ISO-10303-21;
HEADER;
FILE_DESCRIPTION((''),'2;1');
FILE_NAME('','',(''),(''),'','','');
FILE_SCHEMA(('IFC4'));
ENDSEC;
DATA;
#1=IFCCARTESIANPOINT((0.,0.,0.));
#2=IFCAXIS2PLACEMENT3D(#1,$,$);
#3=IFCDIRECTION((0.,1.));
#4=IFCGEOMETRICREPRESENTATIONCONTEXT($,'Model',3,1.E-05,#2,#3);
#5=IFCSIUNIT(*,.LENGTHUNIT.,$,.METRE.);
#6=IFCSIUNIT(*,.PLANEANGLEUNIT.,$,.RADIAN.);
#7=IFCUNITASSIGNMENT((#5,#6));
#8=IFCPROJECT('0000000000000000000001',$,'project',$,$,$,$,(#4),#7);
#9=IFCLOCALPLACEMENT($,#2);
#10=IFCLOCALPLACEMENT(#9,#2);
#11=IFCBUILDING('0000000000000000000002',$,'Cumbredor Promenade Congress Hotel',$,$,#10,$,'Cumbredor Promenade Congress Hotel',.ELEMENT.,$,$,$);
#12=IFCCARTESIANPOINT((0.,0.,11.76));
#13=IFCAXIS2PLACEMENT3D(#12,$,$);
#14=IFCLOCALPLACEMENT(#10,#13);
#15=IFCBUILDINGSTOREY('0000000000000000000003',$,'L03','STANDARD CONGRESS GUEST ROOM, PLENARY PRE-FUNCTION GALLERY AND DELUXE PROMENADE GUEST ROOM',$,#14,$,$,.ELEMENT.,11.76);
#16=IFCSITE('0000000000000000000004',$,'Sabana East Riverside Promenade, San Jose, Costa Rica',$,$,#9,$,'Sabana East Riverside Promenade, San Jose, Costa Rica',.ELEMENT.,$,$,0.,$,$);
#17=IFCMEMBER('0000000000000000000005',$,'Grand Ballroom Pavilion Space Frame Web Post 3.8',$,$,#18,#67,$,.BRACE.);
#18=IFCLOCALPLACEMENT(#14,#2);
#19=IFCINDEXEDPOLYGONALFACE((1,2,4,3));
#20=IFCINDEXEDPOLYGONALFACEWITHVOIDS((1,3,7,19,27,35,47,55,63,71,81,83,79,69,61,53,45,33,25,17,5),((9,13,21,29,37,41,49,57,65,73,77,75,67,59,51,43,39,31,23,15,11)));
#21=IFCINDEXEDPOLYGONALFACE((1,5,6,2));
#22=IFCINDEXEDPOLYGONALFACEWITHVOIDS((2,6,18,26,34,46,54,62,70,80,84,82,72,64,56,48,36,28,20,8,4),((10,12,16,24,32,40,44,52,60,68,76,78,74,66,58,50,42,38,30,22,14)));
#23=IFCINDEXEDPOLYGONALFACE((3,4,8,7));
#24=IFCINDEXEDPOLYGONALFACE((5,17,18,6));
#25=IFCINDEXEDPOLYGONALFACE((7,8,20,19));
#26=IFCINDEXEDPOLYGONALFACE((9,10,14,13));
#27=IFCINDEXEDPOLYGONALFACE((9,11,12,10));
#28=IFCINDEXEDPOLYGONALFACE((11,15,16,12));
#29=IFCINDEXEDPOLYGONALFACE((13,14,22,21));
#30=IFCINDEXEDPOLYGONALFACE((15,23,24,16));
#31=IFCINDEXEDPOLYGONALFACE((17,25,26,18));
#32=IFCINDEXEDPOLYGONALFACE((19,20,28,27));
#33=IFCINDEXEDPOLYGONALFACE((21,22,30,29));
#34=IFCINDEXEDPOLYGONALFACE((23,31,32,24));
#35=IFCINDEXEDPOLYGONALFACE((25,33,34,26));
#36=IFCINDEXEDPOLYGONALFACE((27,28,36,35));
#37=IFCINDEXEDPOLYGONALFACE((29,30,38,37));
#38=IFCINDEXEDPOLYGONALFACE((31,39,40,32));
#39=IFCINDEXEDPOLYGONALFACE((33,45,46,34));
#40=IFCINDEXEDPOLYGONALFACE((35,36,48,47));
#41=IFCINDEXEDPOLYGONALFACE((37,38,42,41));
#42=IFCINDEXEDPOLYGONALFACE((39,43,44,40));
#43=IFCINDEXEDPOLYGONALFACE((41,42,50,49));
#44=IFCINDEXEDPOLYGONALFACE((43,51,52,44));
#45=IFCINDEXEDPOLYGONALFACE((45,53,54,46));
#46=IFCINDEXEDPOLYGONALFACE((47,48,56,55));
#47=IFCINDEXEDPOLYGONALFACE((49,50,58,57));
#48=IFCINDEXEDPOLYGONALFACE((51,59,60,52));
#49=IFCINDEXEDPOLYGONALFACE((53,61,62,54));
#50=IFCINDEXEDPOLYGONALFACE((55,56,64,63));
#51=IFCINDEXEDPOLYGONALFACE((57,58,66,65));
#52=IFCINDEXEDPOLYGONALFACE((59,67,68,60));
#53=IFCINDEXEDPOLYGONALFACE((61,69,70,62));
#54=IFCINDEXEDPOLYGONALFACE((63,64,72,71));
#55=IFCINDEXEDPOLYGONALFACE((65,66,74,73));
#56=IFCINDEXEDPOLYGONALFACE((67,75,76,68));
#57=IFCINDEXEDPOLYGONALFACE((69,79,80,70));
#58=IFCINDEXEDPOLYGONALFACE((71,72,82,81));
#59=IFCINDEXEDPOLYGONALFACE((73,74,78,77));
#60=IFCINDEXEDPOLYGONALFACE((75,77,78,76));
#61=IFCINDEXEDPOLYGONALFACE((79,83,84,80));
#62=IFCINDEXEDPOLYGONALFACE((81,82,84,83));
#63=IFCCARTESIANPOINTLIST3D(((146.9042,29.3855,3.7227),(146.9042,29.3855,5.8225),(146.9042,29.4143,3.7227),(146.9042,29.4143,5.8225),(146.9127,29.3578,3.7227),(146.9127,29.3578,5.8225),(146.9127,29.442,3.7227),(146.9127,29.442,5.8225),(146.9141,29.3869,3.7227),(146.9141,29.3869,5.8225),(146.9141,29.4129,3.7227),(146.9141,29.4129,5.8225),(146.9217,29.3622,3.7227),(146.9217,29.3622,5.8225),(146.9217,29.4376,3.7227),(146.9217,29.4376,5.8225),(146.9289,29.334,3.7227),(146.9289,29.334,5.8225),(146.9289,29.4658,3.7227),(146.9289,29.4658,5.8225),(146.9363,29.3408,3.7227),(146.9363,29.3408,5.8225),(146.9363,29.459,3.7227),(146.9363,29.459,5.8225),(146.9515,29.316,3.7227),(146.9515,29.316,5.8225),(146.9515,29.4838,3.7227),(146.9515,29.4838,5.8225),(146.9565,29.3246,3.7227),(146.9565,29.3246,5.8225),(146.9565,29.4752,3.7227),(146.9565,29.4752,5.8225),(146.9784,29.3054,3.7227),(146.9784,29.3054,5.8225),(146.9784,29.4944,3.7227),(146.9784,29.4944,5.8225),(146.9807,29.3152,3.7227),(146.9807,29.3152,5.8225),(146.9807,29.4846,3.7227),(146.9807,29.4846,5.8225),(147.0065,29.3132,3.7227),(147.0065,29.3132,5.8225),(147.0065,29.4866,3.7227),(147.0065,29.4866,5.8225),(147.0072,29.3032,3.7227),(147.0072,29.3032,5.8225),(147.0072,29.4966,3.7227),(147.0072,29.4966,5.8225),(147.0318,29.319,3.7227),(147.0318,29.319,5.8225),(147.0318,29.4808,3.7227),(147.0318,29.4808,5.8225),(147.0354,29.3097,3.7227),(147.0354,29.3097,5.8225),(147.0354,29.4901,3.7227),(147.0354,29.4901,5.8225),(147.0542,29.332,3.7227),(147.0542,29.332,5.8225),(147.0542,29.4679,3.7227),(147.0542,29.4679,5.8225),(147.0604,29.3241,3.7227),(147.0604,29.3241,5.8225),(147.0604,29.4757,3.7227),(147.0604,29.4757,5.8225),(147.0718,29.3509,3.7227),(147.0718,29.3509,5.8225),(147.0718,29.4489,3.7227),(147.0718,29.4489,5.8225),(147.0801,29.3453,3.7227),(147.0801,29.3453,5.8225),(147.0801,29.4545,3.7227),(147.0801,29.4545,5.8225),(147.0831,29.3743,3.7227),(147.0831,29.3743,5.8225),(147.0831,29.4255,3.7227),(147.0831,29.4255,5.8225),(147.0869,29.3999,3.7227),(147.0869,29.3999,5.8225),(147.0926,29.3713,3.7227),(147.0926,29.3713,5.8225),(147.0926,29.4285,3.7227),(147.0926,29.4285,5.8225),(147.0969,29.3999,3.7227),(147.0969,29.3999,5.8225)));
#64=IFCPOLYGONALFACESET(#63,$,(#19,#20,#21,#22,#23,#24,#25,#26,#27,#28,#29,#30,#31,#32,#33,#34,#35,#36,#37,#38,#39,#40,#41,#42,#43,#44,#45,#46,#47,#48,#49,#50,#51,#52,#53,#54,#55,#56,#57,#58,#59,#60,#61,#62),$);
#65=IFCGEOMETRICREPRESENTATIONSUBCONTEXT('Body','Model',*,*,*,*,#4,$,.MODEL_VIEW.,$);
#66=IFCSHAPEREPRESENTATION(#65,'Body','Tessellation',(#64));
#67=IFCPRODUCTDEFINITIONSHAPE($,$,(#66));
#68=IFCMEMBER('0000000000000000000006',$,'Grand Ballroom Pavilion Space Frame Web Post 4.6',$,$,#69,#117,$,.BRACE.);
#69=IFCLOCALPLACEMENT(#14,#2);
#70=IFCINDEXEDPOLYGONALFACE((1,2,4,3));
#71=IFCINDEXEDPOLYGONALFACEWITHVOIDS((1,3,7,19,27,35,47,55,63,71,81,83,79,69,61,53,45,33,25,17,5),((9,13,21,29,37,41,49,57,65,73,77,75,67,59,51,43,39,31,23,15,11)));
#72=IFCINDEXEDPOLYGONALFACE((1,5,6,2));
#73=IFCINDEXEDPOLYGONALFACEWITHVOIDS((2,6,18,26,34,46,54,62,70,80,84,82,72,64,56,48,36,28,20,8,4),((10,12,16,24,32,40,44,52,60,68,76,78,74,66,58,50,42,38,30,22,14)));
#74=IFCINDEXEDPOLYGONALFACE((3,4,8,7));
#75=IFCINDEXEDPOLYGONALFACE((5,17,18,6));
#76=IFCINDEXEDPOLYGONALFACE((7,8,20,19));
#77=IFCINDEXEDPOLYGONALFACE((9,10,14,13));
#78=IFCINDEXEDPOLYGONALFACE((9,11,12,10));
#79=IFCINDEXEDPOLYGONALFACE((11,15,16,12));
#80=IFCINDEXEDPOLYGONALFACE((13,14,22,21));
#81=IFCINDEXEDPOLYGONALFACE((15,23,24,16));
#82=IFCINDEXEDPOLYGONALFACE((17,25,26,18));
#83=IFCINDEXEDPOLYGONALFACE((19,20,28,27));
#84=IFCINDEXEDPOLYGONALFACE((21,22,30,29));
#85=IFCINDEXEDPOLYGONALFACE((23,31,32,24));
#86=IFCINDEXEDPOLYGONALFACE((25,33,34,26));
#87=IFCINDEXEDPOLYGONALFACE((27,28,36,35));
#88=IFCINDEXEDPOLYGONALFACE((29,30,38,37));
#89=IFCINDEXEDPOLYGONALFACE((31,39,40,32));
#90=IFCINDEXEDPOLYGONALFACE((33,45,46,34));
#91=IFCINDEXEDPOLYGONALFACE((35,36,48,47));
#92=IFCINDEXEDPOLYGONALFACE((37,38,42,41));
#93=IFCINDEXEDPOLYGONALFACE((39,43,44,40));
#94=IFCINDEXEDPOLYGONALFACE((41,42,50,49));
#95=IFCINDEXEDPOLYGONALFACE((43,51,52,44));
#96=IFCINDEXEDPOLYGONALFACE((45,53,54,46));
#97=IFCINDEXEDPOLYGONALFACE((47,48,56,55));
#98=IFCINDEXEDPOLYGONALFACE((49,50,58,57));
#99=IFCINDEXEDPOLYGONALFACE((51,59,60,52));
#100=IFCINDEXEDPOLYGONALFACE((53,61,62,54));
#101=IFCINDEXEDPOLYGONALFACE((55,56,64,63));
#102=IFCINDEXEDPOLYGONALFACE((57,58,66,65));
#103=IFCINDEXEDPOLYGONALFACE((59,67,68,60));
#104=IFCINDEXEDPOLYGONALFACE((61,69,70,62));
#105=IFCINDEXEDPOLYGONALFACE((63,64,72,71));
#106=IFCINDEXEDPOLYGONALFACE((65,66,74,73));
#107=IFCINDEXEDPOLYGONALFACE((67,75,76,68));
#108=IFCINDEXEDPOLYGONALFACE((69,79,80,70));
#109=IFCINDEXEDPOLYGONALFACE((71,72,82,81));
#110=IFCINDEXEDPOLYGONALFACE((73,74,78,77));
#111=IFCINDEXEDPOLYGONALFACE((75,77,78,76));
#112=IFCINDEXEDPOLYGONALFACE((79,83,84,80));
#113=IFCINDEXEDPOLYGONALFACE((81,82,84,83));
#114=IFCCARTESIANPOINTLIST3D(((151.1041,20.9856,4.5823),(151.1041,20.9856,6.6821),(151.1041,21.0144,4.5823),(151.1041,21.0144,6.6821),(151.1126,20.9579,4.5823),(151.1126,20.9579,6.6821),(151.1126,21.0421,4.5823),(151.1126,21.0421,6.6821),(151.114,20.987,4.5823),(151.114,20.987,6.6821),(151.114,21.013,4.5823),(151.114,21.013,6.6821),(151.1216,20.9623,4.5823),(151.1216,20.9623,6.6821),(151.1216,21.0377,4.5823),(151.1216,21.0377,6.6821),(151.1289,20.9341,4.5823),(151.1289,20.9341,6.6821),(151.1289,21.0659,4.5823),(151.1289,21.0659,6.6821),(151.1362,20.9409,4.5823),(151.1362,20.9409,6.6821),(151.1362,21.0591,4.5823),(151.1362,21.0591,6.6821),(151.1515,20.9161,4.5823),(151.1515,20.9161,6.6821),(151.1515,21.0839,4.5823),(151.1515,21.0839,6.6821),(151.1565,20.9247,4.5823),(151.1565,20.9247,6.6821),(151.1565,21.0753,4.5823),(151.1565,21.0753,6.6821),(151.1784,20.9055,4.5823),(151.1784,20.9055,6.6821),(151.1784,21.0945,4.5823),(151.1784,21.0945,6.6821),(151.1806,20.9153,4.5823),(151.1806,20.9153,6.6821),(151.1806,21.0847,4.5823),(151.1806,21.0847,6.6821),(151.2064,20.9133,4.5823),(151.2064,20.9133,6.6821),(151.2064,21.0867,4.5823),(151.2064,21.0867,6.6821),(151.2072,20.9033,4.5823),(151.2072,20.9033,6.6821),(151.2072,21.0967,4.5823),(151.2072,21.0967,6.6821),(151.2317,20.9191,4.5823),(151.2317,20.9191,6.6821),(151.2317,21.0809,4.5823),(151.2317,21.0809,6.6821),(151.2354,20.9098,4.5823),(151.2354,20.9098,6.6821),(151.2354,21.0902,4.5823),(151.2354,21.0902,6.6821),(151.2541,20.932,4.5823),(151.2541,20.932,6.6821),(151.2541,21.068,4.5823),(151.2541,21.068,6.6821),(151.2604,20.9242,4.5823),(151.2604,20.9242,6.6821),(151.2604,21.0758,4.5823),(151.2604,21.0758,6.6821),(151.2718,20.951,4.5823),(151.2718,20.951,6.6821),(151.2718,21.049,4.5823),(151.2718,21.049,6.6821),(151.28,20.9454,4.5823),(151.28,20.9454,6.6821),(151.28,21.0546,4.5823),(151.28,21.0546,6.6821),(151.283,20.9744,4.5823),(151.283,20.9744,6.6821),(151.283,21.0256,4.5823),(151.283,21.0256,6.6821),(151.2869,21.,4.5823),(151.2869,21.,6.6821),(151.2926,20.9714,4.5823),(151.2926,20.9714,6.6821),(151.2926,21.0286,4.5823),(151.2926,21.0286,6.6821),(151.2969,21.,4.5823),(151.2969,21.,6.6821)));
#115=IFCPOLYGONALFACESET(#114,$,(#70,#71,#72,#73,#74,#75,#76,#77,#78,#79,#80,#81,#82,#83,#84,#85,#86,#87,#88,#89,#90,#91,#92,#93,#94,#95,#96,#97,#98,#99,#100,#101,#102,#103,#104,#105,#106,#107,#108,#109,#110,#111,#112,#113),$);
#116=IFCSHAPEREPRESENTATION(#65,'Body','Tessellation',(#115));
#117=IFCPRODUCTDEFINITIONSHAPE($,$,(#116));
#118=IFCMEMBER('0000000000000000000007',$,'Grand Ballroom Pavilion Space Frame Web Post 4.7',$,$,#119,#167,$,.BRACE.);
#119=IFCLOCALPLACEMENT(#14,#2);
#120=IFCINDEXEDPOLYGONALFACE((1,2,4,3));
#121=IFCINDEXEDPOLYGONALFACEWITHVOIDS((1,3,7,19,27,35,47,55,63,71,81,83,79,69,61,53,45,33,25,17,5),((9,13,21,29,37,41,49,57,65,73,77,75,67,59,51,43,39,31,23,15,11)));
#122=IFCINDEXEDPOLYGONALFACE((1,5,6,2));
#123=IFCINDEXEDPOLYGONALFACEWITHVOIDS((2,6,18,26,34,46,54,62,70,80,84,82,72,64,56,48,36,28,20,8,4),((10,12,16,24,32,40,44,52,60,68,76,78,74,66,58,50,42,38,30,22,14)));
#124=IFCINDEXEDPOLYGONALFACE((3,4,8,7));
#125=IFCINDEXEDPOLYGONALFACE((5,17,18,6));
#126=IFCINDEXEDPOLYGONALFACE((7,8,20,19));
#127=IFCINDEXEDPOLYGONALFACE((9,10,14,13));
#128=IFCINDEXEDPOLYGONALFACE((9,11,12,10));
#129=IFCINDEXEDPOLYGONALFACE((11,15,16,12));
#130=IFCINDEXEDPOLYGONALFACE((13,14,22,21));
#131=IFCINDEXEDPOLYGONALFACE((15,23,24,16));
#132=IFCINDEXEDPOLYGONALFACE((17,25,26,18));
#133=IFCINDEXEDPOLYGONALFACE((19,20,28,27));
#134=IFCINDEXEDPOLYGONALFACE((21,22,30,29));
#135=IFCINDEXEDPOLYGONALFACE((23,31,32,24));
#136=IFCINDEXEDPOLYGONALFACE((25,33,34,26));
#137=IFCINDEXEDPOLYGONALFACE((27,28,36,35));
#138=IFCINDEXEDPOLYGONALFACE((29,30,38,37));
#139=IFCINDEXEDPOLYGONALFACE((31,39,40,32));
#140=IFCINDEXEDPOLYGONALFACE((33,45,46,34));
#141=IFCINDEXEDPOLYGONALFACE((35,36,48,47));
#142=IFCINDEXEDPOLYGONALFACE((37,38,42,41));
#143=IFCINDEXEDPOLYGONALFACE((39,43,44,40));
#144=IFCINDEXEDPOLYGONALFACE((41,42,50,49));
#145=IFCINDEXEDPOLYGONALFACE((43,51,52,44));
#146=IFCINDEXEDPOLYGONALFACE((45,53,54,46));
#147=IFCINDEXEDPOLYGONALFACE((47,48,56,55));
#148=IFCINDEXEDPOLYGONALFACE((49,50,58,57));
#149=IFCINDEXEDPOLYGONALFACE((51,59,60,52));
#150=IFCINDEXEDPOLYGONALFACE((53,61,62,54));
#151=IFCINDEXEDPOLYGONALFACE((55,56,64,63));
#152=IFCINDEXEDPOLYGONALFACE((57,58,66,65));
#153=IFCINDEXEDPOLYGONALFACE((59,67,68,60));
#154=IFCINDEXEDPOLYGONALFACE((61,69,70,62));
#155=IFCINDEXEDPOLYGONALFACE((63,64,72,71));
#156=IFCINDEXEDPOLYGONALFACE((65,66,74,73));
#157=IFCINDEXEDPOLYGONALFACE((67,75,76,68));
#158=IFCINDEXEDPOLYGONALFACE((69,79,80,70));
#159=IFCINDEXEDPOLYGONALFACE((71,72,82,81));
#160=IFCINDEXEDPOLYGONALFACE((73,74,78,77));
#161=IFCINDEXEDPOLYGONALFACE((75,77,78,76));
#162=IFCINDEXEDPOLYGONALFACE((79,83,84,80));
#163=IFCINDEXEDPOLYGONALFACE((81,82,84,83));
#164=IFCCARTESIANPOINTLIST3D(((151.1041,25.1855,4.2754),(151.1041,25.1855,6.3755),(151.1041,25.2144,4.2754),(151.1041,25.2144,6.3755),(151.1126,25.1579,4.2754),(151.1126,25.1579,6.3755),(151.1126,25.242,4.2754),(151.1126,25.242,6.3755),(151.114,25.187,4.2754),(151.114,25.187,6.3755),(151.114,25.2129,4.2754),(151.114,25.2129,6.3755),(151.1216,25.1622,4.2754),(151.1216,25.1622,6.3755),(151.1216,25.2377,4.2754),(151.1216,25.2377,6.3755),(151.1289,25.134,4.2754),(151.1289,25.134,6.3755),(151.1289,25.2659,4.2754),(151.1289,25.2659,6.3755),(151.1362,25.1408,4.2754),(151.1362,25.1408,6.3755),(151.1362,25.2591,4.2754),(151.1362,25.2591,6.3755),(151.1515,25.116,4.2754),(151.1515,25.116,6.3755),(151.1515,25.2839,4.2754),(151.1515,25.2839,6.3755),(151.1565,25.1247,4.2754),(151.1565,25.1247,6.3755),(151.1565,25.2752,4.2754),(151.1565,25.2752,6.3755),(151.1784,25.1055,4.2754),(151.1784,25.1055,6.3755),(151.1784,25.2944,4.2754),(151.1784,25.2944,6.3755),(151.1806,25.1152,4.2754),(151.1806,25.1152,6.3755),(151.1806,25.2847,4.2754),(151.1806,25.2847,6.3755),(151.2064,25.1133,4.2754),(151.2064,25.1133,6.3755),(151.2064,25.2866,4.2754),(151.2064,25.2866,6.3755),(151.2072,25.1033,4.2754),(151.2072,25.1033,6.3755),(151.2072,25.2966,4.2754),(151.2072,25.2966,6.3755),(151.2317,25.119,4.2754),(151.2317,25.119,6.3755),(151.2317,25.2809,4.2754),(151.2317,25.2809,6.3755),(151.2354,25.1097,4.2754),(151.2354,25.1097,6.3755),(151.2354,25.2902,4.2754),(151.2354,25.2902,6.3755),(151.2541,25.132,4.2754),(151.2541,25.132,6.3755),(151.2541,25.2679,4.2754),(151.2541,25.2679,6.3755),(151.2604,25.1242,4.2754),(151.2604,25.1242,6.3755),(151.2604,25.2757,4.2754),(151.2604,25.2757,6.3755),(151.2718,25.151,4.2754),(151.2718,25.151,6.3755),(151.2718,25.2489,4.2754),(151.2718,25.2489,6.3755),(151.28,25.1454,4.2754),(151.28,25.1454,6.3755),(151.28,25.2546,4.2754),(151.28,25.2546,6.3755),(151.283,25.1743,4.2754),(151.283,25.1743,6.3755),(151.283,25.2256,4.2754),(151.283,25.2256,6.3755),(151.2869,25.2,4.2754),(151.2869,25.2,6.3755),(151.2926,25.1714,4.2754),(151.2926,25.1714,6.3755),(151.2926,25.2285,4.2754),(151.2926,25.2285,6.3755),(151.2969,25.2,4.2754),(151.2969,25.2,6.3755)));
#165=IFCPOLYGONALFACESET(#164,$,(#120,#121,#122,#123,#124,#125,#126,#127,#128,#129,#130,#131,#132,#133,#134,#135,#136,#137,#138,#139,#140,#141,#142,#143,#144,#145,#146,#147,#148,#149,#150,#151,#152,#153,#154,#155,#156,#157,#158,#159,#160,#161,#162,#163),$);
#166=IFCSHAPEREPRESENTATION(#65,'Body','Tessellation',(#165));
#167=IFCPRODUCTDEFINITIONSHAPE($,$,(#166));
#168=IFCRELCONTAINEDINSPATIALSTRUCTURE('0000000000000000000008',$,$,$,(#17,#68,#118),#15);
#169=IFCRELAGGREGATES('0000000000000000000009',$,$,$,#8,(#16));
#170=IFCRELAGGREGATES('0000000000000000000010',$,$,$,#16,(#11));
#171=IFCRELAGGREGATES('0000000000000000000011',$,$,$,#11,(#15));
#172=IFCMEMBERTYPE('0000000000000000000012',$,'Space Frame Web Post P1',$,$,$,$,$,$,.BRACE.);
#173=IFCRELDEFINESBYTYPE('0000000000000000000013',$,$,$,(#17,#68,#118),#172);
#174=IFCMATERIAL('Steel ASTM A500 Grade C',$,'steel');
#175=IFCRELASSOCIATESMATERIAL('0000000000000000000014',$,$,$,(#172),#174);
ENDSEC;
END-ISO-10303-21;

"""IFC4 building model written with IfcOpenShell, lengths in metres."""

from ifc_helpers import new_model, si_unit, direction, frame, origin, origin_2d, place, context, subcontext, project, spatial, hollow_circle, extrude, material, material_profile, profile_set, type_object, element, save


model = new_model("IFC4")

# Units and contexts
model_context = context("Model", 3, precision=1e-05, world=origin(), true_north=direction((0.0, 1.0)))
body_context = subcontext(model_context, "Body", "Model", "MODEL_VIEW")
ifc_project = project(units=[si_unit("LENGTHUNIT", "METRE"), si_unit("PLANEANGLEUNIT", "RADIAN")], contexts=[model_context])

# Site, building, storey
site_placement = place(None, origin())
site = spatial("IfcSite", under=ifc_project, at=site_placement, Name="Sabana East Riverside Promenade, San Jose, Costa Rica", LongName="Sabana East Riverside Promenade, San Jose, Costa Rica", CompositionType="ELEMENT", RefElevation=0.0)
building_placement = place(site_placement, origin())
building = spatial("IfcBuilding", under=site, at=building_placement, Name="Cumbredor Promenade Congress Hotel", LongName="Cumbredor Promenade Congress Hotel", CompositionType="ELEMENT")
storey_placement = place(building_placement, frame((0.0, 0.0, 11.76)))
storey = spatial("IfcBuildingStorey", under=building, at=storey_placement, Name="L03", Description="STANDARD CONGRESS GUEST ROOM, PLENARY PRE-FUNCTION GALLERY AND DELUXE PROMENADE GUEST ROOM", CompositionType="ELEMENT", Elevation=11.76)

# Members
ifc_material_1 = material(Name="Steel ASTM A500 Grade C", Category="steel")
ifc_material_profile_1 = material_profile(ifc_material_1, hollow_circle(Radius=0.0969, WallThickness=0.01, at=origin_2d()), Name="CHS 193.7x10")
ifc_profile_set_1 = profile_set([ifc_material_profile_1], Name="Steel ASTM A500 Grade C")
member_type_1 = type_object("IfcMemberType", Name="Space Frame Web Post P1", PredefinedType="BRACE", material=ifc_profile_set_1)
for number, where, z_axis, x_axis, name in (
    (1, (147.0, 29.3999, 3.7227), (0.0, 0.0, 1.0), (1.0, 0.0, 0.0), "Grand Ballroom Pavilion Space Frame Web Post 3.8"),
    (2, (151.2, 21.0, 4.5823), (0.0, 0.0, 1.0), (1.0, 0.0, 0.0), "Grand Ballroom Pavilion Space Frame Web Post 4.6"),
):
    element("IfcMember", number, at=place(storey_placement, frame(where, z_axis=z_axis, x_axis=x_axis)), inside=storey, type_object=member_type_1, Name=name, PredefinedType="BRACE", context=body_context, shape_type="SweptSolid", body=[
        extrude(hollow_circle(Radius=0.0969, WallThickness=0.01, at=origin_2d()), origin(), (0.0, 0.0, 1.0), 2.0999),
    ])
for number, where, z_axis, x_axis, name in (
    (3, (151.2, 25.2, 4.2754), (0.0, 0.0, 1.0), (1.0, 0.0, 0.0), "Grand Ballroom Pavilion Space Frame Web Post 4.7"),
):
    element("IfcMember", number, at=place(storey_placement, frame(where, z_axis=z_axis, x_axis=x_axis)), inside=storey, type_object=member_type_1, Name=name, PredefinedType="BRACE", context=body_context, shape_type="SweptSolid", body=[
        extrude(hollow_circle(Radius=0.0969, WallThickness=0.01, at=origin_2d()), origin(), (0.0, 0.0, 1.0), 2.1001),
    ])

save(model, "model.ifc")
